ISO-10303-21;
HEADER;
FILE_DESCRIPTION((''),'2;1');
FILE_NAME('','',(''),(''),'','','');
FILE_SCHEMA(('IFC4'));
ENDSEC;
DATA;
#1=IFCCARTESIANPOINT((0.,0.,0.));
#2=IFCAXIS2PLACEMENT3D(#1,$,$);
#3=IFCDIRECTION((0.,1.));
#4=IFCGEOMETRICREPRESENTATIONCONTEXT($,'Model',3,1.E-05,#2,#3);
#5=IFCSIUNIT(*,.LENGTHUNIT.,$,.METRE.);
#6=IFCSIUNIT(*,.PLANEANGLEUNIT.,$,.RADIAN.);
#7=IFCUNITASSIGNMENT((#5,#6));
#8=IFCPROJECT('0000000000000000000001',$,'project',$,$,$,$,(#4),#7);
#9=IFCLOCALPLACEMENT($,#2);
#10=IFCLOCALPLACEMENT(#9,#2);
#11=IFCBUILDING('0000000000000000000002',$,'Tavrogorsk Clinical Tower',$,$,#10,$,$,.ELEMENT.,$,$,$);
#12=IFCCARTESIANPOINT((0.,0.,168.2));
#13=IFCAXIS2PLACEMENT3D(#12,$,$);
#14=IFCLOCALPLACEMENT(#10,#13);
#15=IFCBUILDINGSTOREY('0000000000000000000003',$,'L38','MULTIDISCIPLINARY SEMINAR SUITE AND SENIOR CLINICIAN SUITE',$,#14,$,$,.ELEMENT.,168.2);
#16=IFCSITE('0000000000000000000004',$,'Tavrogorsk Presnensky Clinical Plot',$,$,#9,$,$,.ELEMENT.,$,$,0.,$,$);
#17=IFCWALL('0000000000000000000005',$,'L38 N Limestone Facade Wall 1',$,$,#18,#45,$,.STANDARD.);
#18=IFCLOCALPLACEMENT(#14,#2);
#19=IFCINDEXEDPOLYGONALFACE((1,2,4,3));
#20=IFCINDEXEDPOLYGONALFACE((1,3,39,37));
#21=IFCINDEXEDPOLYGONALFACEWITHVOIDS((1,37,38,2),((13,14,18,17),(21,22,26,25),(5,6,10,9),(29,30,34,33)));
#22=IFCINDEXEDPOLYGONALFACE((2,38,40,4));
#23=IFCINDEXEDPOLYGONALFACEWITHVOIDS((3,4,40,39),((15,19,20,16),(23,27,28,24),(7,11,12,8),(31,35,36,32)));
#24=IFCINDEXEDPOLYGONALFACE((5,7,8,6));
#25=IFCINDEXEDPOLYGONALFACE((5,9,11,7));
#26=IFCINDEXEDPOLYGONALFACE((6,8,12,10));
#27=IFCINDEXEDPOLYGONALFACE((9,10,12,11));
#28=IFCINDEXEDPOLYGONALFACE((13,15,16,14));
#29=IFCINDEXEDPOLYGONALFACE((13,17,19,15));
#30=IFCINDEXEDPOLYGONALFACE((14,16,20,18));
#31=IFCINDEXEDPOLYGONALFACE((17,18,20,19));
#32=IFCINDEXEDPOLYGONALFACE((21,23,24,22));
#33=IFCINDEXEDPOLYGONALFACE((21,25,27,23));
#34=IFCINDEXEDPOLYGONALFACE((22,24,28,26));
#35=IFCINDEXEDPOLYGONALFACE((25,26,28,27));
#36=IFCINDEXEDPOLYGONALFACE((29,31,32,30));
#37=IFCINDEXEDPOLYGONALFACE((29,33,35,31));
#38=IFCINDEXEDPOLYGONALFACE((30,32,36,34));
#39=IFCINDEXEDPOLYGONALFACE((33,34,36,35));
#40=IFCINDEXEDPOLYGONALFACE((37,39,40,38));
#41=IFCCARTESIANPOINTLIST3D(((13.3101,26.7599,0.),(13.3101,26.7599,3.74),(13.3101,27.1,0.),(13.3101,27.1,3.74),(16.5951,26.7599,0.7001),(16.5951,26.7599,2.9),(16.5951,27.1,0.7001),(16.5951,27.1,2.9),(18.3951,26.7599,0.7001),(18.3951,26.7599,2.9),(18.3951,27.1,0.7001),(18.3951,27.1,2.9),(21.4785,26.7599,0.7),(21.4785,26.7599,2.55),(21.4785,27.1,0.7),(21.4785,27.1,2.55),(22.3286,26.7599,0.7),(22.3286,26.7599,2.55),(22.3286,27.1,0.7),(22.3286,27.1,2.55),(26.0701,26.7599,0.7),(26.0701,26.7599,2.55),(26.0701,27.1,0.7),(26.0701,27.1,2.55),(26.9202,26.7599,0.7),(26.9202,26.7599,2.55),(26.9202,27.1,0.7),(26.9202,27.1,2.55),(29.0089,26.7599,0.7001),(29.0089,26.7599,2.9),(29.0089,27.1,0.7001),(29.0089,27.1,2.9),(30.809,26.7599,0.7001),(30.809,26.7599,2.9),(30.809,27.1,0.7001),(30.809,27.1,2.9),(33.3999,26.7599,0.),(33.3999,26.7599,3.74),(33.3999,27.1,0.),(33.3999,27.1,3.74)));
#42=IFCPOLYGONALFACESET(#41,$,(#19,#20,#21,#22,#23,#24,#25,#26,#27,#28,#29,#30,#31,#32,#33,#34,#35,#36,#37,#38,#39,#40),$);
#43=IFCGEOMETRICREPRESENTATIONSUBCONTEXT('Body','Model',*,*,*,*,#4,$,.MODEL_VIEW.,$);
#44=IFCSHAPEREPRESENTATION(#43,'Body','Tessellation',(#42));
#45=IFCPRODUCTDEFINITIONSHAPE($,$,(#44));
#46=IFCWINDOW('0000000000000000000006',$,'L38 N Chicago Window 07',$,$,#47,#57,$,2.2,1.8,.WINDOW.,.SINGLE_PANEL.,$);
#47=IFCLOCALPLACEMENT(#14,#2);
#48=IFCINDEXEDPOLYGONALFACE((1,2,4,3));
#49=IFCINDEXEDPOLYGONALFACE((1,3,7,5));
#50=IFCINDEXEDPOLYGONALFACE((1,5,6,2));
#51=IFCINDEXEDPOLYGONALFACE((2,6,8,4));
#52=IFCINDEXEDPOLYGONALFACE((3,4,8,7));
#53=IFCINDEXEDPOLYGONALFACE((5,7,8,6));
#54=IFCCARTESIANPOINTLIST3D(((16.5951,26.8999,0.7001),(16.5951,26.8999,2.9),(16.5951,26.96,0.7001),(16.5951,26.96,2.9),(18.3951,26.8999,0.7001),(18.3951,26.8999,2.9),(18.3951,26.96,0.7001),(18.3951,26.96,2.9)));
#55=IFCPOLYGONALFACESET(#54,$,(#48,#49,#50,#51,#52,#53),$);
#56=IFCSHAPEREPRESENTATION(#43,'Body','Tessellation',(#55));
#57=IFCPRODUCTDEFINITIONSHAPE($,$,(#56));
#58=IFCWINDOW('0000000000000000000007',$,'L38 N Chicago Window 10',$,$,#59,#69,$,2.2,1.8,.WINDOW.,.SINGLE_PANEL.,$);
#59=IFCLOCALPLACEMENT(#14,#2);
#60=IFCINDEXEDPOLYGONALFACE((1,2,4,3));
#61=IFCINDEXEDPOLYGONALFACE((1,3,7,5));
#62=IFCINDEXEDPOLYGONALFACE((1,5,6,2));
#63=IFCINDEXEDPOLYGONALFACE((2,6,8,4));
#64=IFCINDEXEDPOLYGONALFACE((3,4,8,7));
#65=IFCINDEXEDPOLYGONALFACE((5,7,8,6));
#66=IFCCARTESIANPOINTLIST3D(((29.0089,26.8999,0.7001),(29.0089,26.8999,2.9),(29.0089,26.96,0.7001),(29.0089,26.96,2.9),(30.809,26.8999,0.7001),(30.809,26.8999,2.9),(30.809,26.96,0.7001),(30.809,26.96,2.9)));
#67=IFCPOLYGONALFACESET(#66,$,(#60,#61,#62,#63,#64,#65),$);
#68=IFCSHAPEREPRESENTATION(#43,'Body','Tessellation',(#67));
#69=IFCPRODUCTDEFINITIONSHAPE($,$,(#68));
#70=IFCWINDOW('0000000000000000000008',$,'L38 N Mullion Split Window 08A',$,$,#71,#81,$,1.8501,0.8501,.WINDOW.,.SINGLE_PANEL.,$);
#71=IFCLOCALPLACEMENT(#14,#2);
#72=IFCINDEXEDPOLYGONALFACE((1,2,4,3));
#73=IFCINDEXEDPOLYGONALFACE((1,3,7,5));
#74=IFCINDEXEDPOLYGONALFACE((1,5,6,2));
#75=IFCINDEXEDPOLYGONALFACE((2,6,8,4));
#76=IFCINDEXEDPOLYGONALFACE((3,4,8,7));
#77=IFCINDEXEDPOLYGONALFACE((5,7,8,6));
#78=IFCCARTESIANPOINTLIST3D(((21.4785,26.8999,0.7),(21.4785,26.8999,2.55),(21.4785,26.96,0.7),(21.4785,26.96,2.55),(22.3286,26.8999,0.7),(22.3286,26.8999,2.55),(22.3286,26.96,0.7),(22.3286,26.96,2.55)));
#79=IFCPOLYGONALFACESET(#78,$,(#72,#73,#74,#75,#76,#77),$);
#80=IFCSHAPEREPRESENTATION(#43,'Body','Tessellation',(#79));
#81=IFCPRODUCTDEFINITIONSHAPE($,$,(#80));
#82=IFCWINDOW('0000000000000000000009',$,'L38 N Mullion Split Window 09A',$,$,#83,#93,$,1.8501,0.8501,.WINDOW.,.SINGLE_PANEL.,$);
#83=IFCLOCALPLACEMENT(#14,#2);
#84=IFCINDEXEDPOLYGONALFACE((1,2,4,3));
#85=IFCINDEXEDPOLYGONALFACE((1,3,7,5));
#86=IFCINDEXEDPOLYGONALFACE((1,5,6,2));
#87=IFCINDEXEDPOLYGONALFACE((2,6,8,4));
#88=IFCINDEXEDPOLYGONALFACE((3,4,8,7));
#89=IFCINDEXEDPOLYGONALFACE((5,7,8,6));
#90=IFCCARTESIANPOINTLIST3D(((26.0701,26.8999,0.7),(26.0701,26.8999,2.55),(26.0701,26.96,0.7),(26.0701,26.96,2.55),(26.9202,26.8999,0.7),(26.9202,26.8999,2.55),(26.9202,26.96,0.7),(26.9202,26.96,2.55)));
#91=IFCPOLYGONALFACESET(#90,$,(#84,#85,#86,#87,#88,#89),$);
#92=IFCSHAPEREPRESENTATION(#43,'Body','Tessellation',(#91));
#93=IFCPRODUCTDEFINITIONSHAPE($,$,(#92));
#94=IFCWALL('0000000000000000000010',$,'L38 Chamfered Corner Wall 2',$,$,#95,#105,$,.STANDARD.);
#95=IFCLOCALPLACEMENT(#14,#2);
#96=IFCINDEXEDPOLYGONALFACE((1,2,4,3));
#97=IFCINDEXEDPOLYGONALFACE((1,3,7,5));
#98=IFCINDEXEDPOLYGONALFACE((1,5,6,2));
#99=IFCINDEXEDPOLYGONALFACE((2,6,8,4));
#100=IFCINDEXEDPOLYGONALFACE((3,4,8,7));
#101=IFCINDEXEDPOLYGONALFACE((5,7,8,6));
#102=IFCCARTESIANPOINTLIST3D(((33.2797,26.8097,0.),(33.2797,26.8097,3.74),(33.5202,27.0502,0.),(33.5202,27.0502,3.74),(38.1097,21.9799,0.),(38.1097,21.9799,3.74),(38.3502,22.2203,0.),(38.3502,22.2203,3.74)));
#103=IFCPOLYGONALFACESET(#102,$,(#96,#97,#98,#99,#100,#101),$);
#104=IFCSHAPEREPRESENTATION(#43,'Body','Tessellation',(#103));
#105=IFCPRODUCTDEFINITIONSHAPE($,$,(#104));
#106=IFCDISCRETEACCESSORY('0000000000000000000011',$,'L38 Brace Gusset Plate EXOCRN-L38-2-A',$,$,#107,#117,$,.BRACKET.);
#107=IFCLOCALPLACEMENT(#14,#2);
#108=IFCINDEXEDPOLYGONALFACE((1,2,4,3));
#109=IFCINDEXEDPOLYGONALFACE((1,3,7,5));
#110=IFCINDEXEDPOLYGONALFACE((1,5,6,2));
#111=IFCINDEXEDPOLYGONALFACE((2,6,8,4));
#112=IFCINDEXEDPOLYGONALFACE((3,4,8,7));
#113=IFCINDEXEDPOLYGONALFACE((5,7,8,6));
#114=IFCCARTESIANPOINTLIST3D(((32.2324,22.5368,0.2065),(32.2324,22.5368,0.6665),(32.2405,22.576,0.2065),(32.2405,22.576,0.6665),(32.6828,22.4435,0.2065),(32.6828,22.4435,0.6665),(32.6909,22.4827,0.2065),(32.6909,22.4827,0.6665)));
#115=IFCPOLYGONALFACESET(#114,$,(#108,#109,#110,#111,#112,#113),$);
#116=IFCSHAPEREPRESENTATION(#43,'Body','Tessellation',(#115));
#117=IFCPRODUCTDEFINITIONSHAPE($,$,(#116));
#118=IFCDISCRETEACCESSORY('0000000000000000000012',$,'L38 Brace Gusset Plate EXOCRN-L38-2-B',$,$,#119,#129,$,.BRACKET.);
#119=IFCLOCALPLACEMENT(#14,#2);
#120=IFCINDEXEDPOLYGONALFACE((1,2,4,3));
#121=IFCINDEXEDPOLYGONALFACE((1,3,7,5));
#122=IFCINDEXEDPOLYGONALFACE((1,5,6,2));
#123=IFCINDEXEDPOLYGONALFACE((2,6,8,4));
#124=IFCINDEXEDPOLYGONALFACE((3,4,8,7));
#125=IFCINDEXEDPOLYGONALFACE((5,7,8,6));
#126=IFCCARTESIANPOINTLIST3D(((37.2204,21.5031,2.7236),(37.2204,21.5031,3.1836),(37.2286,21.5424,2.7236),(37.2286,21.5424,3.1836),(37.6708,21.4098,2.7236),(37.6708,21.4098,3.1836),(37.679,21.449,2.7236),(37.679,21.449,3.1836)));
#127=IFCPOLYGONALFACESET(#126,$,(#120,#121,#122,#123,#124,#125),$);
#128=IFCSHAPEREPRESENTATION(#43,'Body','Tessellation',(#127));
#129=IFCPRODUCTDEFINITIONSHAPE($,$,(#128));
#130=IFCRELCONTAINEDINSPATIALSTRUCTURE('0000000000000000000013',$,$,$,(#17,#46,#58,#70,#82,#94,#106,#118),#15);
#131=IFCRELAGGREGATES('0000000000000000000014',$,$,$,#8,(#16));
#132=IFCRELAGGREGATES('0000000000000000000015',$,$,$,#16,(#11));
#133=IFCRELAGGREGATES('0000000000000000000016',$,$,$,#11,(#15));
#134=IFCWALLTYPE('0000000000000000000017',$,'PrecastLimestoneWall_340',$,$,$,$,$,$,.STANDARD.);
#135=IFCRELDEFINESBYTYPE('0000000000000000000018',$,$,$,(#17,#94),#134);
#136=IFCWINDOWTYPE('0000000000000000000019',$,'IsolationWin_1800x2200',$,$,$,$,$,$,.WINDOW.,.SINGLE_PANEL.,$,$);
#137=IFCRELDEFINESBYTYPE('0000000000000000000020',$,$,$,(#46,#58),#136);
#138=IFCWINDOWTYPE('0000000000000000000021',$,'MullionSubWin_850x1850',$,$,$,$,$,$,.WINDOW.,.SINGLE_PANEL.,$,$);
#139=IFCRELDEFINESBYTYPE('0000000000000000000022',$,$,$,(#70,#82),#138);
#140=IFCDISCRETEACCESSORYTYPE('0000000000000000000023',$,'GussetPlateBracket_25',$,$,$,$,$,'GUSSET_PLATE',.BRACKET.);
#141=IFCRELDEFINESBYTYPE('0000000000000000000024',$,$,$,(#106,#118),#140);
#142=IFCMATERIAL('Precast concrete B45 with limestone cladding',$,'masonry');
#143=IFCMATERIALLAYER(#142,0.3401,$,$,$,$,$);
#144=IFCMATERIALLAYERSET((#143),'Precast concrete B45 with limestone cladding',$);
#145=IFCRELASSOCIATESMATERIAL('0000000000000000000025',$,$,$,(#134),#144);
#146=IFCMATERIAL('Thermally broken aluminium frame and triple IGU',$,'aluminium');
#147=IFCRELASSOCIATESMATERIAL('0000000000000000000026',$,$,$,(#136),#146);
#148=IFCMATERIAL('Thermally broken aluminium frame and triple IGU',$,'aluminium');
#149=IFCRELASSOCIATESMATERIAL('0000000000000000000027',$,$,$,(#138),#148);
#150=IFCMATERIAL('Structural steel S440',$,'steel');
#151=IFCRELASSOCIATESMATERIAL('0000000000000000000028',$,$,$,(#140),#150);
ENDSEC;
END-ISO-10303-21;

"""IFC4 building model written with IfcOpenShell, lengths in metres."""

from ifc_helpers import new_model, si_unit, direction, frame, frame_2d, origin, origin_2d, place, context, subcontext, project, spatial, rectangle, extrude, material, layer, layer_set, type_object, element, fill, save


model = new_model("IFC4")

# Units and contexts
model_context = context("Model", 3, precision=1e-05, world=origin(), true_north=direction((0.0, 1.0)))
body_context = subcontext(model_context, "Body", "Model", "MODEL_VIEW")
ifc_project = project(units=[si_unit("LENGTHUNIT", "METRE"), si_unit("PLANEANGLEUNIT", "RADIAN")], contexts=[model_context])

# Site, building, storey
site_placement = place(None, origin())
site = spatial("IfcSite", under=ifc_project, at=site_placement, Name="Tavrogorsk Presnensky Clinical Plot", CompositionType="ELEMENT", RefElevation=0.0)
building_placement = place(site_placement, origin())
building = spatial("IfcBuilding", under=site, at=building_placement, Name="Tavrogorsk Clinical Tower", CompositionType="ELEMENT")
storey_placement = place(building_placement, frame((0.0, 0.0, 168.2)))
storey = spatial("IfcBuildingStorey", under=building, at=storey_placement, Name="L38", Description="MULTIDISCIPLINARY SEMINAR SUITE AND SENIOR CLINICIAN SUITE", CompositionType="ELEMENT", Elevation=168.2)

# Wall, openings, windows
ifc_material_1 = material(Name="Precast concrete B45 with limestone cladding", Category="masonry")
ifc_layer_1 = layer(ifc_material_1, 0.3401)
ifc_layer_set_1 = layer_set([ifc_layer_1], Name="Precast concrete B45 with limestone cladding")
wall_type_1 = type_object("IfcWallType", Name="PrecastLimestoneWall_340", PredefinedType="STANDARD", material=ifc_layer_set_1)
wall_1_placement = place(storey_placement, frame((33.3999, 26.9299, 0.0), z_axis=(0.0, 0.0, 1.0), x_axis=(-1.0, 0.0, 0.0)))
wall_1 = element("IfcWall", 1, at=wall_1_placement, inside=storey, type_object=wall_type_1, Name="L38 N Limestone Facade Wall 1", PredefinedType="STANDARD", context=body_context, shape_type="SweptSolid", body=[
    extrude(rectangle(XDim=20.0898, YDim=0.3401, at=frame_2d((10.0449, 0.0))), origin(), (0.0, 0.0, 1.0), 3.74),
])
opening_1_placement = place(wall_1_placement, frame((15.0049, 0.0, 0.7)))
opening_1 = element("IfcOpeningElement", 2, at=opening_1_placement, cuts=wall_1, PredefinedType="OPENING", context=body_context, shape_type="SweptSolid", body=[
    extrude(rectangle(XDim=1.8, YDim=2.2, at=frame_2d((0.8999, 1.1001))), frame((0.0, 0.1799, 0.0), z_axis=(0.0, -1.0, 0.0), x_axis=(1.0, 0.0, 0.0)), (0.0, 0.0, 1.0), 0.3601),
])
opening_2_placement = place(wall_1_placement, frame((11.0713, 0.0, 0.7)))
opening_2 = element("IfcOpeningElement", 3, at=opening_2_placement, cuts=wall_1, PredefinedType="OPENING", context=body_context, shape_type="SweptSolid", body=[
    extrude(rectangle(XDim=0.8501, YDim=1.8501, at=frame_2d((0.425, 0.925))), frame((0.0, 0.1799, 0.0), z_axis=(0.0, -1.0, 0.0), x_axis=(1.0, 0.0, 0.0)), (0.0, 0.0, 1.0), 0.3601),
])
opening_3_placement = place(wall_1_placement, frame((6.4797, 0.0, 0.7)))
opening_3 = element("IfcOpeningElement", 4, at=opening_3_placement, cuts=wall_1, PredefinedType="OPENING", context=body_context, shape_type="SweptSolid", body=[
    extrude(rectangle(XDim=0.8501, YDim=1.8501, at=frame_2d((0.425, 0.925))), frame((0.0, 0.1799, 0.0), z_axis=(0.0, -1.0, 0.0), x_axis=(1.0, 0.0, 0.0)), (0.0, 0.0, 1.0), 0.3601),
])
opening_4_placement = place(wall_1_placement, frame((2.5911, 0.0, 0.7)))
opening_4 = element("IfcOpeningElement", 5, at=opening_4_placement, cuts=wall_1, PredefinedType="OPENING", context=body_context, shape_type="SweptSolid", body=[
    extrude(rectangle(XDim=1.8, YDim=2.2, at=frame_2d((0.8999, 1.1001))), frame((0.0, 0.1799, 0.0), z_axis=(0.0, -1.0, 0.0), x_axis=(1.0, 0.0, 0.0)), (0.0, 0.0, 1.0), 0.3601),
])
ifc_material_2 = material(Name="Thermally broken aluminium frame and triple IGU", Category="aluminium")
window_type_1 = type_object("IfcWindowType", Name="IsolationWin_1800x2200", PartitioningType="SINGLE_PANEL", PredefinedType="WINDOW", material=ifc_material_2)
window_1_placement = place(opening_1_placement, origin())
window_1 = element("IfcWindow", 6, at=window_1_placement, inside=storey, type_object=window_type_1, Name="L38 N Chicago Window 07", OverallHeight=2.2, OverallWidth=1.8, PartitioningType="SINGLE_PANEL", PredefinedType="WINDOW", context=body_context, shape_type="SweptSolid", body=[
    extrude(rectangle(XDim=1.8, YDim=2.2, at=frame_2d((0.8999, 1.1001))), frame((0.0, 0.03, 0.0), z_axis=(0.0, -1.0, 0.0), x_axis=(1.0, 0.0, 0.0)), (0.0, 0.0, 1.0), 0.0601),
])
fill(opening_1, window_1)
window_2_placement = place(opening_4_placement, origin())
window_2 = element("IfcWindow", 7, at=window_2_placement, inside=storey, type_object=window_type_1, Name="L38 N Chicago Window 10", OverallHeight=2.2, OverallWidth=1.8, PartitioningType="SINGLE_PANEL", PredefinedType="WINDOW", context=body_context, shape_type="SweptSolid", body=[
    extrude(rectangle(XDim=1.8, YDim=2.2, at=frame_2d((0.8999, 1.1001))), frame((0.0, 0.03, 0.0), z_axis=(0.0, -1.0, 0.0), x_axis=(1.0, 0.0, 0.0)), (0.0, 0.0, 1.0), 0.0601),
])
fill(opening_4, window_2)
ifc_material_3 = material(Name="Thermally broken aluminium frame and triple IGU", Category="aluminium")
window_type_2 = type_object("IfcWindowType", Name="MullionSubWin_850x1850", PartitioningType="SINGLE_PANEL", PredefinedType="WINDOW", material=ifc_material_3)
window_3_placement = place(opening_2_placement, origin())
window_3 = element("IfcWindow", 8, at=window_3_placement, inside=storey, type_object=window_type_2, Name="L38 N Mullion Split Window 08A", OverallHeight=1.8501, OverallWidth=0.8501, PartitioningType="SINGLE_PANEL", PredefinedType="WINDOW", context=body_context, shape_type="SweptSolid", body=[
    extrude(rectangle(XDim=0.8501, YDim=1.8501, at=frame_2d((0.425, 0.925))), frame((0.0, 0.03, 0.0), z_axis=(0.0, -1.0, 0.0), x_axis=(1.0, 0.0, 0.0)), (0.0, 0.0, 1.0), 0.0601),
])
fill(opening_2, window_3)
window_4_placement = place(opening_3_placement, origin())
window_4 = element("IfcWindow", 9, at=window_4_placement, inside=storey, type_object=window_type_2, Name="L38 N Mullion Split Window 09A", OverallHeight=1.8501, OverallWidth=0.8501, PartitioningType="SINGLE_PANEL", PredefinedType="WINDOW", context=body_context, shape_type="SweptSolid", body=[
    extrude(rectangle(XDim=0.8501, YDim=1.8501, at=frame_2d((0.425, 0.925))), frame((0.0, 0.03, 0.0), z_axis=(0.0, -1.0, 0.0), x_axis=(1.0, 0.0, 0.0)), (0.0, 0.0, 1.0), 0.0601),
])
fill(opening_3, window_4)

# Wall
wall_2_placement = place(storey_placement, frame((38.23, 22.1001, 0.0), z_axis=(0.0, 0.0, 1.0), x_axis=(-0.707125, 0.707089, 0.0)))
element("IfcWall", 10, at=wall_2_placement, inside=storey, type_object=wall_type_1, Name="L38 Chamfered Corner Wall 2", PredefinedType="STANDARD", context=body_context, shape_type="SweptSolid", body=[
    extrude(rectangle(XDim=6.8306, YDim=0.3401, at=frame_2d((3.4153, 0.0))), origin(), (0.0, 0.0, 1.0), 3.74),
])

# Discrete accessories
ifc_material_4 = material(Name="Structural steel S440", Category="steel")
discrete_accessory_type = type_object("IfcDiscreteAccessoryType", Name="GussetPlateBracket_25", ElementType="GUSSET_PLATE", PredefinedType="BRACKET", material=ifc_material_4)
for number, where, z_axis, x_axis, name in (
    (11, (32.4617, 22.5098, 0.2065), (0.0, 0.0, 1.0), (0.979187, -0.202958, 0.0), "L38 Brace Gusset Plate EXOCRN-L38-2-A"),
    (12, (37.4497, 21.4761, 2.7236), (0.0, 0.0, 1.0), (0.979187, -0.202958, 0.0), "L38 Brace Gusset Plate EXOCRN-L38-2-B"),
):
    element("IfcDiscreteAccessory", number, at=place(storey_placement, frame(where, z_axis=z_axis, x_axis=x_axis)), inside=storey, type_object=discrete_accessory_type, Name=name, PredefinedType="BRACKET", context=body_context, shape_type="SweptSolid", body=[
        extrude(rectangle(XDim=0.46, YDim=0.04, at=origin_2d()), origin(), (0.0, 0.0, 1.0), 0.46),
    ])

save(model, "model.ifc")
